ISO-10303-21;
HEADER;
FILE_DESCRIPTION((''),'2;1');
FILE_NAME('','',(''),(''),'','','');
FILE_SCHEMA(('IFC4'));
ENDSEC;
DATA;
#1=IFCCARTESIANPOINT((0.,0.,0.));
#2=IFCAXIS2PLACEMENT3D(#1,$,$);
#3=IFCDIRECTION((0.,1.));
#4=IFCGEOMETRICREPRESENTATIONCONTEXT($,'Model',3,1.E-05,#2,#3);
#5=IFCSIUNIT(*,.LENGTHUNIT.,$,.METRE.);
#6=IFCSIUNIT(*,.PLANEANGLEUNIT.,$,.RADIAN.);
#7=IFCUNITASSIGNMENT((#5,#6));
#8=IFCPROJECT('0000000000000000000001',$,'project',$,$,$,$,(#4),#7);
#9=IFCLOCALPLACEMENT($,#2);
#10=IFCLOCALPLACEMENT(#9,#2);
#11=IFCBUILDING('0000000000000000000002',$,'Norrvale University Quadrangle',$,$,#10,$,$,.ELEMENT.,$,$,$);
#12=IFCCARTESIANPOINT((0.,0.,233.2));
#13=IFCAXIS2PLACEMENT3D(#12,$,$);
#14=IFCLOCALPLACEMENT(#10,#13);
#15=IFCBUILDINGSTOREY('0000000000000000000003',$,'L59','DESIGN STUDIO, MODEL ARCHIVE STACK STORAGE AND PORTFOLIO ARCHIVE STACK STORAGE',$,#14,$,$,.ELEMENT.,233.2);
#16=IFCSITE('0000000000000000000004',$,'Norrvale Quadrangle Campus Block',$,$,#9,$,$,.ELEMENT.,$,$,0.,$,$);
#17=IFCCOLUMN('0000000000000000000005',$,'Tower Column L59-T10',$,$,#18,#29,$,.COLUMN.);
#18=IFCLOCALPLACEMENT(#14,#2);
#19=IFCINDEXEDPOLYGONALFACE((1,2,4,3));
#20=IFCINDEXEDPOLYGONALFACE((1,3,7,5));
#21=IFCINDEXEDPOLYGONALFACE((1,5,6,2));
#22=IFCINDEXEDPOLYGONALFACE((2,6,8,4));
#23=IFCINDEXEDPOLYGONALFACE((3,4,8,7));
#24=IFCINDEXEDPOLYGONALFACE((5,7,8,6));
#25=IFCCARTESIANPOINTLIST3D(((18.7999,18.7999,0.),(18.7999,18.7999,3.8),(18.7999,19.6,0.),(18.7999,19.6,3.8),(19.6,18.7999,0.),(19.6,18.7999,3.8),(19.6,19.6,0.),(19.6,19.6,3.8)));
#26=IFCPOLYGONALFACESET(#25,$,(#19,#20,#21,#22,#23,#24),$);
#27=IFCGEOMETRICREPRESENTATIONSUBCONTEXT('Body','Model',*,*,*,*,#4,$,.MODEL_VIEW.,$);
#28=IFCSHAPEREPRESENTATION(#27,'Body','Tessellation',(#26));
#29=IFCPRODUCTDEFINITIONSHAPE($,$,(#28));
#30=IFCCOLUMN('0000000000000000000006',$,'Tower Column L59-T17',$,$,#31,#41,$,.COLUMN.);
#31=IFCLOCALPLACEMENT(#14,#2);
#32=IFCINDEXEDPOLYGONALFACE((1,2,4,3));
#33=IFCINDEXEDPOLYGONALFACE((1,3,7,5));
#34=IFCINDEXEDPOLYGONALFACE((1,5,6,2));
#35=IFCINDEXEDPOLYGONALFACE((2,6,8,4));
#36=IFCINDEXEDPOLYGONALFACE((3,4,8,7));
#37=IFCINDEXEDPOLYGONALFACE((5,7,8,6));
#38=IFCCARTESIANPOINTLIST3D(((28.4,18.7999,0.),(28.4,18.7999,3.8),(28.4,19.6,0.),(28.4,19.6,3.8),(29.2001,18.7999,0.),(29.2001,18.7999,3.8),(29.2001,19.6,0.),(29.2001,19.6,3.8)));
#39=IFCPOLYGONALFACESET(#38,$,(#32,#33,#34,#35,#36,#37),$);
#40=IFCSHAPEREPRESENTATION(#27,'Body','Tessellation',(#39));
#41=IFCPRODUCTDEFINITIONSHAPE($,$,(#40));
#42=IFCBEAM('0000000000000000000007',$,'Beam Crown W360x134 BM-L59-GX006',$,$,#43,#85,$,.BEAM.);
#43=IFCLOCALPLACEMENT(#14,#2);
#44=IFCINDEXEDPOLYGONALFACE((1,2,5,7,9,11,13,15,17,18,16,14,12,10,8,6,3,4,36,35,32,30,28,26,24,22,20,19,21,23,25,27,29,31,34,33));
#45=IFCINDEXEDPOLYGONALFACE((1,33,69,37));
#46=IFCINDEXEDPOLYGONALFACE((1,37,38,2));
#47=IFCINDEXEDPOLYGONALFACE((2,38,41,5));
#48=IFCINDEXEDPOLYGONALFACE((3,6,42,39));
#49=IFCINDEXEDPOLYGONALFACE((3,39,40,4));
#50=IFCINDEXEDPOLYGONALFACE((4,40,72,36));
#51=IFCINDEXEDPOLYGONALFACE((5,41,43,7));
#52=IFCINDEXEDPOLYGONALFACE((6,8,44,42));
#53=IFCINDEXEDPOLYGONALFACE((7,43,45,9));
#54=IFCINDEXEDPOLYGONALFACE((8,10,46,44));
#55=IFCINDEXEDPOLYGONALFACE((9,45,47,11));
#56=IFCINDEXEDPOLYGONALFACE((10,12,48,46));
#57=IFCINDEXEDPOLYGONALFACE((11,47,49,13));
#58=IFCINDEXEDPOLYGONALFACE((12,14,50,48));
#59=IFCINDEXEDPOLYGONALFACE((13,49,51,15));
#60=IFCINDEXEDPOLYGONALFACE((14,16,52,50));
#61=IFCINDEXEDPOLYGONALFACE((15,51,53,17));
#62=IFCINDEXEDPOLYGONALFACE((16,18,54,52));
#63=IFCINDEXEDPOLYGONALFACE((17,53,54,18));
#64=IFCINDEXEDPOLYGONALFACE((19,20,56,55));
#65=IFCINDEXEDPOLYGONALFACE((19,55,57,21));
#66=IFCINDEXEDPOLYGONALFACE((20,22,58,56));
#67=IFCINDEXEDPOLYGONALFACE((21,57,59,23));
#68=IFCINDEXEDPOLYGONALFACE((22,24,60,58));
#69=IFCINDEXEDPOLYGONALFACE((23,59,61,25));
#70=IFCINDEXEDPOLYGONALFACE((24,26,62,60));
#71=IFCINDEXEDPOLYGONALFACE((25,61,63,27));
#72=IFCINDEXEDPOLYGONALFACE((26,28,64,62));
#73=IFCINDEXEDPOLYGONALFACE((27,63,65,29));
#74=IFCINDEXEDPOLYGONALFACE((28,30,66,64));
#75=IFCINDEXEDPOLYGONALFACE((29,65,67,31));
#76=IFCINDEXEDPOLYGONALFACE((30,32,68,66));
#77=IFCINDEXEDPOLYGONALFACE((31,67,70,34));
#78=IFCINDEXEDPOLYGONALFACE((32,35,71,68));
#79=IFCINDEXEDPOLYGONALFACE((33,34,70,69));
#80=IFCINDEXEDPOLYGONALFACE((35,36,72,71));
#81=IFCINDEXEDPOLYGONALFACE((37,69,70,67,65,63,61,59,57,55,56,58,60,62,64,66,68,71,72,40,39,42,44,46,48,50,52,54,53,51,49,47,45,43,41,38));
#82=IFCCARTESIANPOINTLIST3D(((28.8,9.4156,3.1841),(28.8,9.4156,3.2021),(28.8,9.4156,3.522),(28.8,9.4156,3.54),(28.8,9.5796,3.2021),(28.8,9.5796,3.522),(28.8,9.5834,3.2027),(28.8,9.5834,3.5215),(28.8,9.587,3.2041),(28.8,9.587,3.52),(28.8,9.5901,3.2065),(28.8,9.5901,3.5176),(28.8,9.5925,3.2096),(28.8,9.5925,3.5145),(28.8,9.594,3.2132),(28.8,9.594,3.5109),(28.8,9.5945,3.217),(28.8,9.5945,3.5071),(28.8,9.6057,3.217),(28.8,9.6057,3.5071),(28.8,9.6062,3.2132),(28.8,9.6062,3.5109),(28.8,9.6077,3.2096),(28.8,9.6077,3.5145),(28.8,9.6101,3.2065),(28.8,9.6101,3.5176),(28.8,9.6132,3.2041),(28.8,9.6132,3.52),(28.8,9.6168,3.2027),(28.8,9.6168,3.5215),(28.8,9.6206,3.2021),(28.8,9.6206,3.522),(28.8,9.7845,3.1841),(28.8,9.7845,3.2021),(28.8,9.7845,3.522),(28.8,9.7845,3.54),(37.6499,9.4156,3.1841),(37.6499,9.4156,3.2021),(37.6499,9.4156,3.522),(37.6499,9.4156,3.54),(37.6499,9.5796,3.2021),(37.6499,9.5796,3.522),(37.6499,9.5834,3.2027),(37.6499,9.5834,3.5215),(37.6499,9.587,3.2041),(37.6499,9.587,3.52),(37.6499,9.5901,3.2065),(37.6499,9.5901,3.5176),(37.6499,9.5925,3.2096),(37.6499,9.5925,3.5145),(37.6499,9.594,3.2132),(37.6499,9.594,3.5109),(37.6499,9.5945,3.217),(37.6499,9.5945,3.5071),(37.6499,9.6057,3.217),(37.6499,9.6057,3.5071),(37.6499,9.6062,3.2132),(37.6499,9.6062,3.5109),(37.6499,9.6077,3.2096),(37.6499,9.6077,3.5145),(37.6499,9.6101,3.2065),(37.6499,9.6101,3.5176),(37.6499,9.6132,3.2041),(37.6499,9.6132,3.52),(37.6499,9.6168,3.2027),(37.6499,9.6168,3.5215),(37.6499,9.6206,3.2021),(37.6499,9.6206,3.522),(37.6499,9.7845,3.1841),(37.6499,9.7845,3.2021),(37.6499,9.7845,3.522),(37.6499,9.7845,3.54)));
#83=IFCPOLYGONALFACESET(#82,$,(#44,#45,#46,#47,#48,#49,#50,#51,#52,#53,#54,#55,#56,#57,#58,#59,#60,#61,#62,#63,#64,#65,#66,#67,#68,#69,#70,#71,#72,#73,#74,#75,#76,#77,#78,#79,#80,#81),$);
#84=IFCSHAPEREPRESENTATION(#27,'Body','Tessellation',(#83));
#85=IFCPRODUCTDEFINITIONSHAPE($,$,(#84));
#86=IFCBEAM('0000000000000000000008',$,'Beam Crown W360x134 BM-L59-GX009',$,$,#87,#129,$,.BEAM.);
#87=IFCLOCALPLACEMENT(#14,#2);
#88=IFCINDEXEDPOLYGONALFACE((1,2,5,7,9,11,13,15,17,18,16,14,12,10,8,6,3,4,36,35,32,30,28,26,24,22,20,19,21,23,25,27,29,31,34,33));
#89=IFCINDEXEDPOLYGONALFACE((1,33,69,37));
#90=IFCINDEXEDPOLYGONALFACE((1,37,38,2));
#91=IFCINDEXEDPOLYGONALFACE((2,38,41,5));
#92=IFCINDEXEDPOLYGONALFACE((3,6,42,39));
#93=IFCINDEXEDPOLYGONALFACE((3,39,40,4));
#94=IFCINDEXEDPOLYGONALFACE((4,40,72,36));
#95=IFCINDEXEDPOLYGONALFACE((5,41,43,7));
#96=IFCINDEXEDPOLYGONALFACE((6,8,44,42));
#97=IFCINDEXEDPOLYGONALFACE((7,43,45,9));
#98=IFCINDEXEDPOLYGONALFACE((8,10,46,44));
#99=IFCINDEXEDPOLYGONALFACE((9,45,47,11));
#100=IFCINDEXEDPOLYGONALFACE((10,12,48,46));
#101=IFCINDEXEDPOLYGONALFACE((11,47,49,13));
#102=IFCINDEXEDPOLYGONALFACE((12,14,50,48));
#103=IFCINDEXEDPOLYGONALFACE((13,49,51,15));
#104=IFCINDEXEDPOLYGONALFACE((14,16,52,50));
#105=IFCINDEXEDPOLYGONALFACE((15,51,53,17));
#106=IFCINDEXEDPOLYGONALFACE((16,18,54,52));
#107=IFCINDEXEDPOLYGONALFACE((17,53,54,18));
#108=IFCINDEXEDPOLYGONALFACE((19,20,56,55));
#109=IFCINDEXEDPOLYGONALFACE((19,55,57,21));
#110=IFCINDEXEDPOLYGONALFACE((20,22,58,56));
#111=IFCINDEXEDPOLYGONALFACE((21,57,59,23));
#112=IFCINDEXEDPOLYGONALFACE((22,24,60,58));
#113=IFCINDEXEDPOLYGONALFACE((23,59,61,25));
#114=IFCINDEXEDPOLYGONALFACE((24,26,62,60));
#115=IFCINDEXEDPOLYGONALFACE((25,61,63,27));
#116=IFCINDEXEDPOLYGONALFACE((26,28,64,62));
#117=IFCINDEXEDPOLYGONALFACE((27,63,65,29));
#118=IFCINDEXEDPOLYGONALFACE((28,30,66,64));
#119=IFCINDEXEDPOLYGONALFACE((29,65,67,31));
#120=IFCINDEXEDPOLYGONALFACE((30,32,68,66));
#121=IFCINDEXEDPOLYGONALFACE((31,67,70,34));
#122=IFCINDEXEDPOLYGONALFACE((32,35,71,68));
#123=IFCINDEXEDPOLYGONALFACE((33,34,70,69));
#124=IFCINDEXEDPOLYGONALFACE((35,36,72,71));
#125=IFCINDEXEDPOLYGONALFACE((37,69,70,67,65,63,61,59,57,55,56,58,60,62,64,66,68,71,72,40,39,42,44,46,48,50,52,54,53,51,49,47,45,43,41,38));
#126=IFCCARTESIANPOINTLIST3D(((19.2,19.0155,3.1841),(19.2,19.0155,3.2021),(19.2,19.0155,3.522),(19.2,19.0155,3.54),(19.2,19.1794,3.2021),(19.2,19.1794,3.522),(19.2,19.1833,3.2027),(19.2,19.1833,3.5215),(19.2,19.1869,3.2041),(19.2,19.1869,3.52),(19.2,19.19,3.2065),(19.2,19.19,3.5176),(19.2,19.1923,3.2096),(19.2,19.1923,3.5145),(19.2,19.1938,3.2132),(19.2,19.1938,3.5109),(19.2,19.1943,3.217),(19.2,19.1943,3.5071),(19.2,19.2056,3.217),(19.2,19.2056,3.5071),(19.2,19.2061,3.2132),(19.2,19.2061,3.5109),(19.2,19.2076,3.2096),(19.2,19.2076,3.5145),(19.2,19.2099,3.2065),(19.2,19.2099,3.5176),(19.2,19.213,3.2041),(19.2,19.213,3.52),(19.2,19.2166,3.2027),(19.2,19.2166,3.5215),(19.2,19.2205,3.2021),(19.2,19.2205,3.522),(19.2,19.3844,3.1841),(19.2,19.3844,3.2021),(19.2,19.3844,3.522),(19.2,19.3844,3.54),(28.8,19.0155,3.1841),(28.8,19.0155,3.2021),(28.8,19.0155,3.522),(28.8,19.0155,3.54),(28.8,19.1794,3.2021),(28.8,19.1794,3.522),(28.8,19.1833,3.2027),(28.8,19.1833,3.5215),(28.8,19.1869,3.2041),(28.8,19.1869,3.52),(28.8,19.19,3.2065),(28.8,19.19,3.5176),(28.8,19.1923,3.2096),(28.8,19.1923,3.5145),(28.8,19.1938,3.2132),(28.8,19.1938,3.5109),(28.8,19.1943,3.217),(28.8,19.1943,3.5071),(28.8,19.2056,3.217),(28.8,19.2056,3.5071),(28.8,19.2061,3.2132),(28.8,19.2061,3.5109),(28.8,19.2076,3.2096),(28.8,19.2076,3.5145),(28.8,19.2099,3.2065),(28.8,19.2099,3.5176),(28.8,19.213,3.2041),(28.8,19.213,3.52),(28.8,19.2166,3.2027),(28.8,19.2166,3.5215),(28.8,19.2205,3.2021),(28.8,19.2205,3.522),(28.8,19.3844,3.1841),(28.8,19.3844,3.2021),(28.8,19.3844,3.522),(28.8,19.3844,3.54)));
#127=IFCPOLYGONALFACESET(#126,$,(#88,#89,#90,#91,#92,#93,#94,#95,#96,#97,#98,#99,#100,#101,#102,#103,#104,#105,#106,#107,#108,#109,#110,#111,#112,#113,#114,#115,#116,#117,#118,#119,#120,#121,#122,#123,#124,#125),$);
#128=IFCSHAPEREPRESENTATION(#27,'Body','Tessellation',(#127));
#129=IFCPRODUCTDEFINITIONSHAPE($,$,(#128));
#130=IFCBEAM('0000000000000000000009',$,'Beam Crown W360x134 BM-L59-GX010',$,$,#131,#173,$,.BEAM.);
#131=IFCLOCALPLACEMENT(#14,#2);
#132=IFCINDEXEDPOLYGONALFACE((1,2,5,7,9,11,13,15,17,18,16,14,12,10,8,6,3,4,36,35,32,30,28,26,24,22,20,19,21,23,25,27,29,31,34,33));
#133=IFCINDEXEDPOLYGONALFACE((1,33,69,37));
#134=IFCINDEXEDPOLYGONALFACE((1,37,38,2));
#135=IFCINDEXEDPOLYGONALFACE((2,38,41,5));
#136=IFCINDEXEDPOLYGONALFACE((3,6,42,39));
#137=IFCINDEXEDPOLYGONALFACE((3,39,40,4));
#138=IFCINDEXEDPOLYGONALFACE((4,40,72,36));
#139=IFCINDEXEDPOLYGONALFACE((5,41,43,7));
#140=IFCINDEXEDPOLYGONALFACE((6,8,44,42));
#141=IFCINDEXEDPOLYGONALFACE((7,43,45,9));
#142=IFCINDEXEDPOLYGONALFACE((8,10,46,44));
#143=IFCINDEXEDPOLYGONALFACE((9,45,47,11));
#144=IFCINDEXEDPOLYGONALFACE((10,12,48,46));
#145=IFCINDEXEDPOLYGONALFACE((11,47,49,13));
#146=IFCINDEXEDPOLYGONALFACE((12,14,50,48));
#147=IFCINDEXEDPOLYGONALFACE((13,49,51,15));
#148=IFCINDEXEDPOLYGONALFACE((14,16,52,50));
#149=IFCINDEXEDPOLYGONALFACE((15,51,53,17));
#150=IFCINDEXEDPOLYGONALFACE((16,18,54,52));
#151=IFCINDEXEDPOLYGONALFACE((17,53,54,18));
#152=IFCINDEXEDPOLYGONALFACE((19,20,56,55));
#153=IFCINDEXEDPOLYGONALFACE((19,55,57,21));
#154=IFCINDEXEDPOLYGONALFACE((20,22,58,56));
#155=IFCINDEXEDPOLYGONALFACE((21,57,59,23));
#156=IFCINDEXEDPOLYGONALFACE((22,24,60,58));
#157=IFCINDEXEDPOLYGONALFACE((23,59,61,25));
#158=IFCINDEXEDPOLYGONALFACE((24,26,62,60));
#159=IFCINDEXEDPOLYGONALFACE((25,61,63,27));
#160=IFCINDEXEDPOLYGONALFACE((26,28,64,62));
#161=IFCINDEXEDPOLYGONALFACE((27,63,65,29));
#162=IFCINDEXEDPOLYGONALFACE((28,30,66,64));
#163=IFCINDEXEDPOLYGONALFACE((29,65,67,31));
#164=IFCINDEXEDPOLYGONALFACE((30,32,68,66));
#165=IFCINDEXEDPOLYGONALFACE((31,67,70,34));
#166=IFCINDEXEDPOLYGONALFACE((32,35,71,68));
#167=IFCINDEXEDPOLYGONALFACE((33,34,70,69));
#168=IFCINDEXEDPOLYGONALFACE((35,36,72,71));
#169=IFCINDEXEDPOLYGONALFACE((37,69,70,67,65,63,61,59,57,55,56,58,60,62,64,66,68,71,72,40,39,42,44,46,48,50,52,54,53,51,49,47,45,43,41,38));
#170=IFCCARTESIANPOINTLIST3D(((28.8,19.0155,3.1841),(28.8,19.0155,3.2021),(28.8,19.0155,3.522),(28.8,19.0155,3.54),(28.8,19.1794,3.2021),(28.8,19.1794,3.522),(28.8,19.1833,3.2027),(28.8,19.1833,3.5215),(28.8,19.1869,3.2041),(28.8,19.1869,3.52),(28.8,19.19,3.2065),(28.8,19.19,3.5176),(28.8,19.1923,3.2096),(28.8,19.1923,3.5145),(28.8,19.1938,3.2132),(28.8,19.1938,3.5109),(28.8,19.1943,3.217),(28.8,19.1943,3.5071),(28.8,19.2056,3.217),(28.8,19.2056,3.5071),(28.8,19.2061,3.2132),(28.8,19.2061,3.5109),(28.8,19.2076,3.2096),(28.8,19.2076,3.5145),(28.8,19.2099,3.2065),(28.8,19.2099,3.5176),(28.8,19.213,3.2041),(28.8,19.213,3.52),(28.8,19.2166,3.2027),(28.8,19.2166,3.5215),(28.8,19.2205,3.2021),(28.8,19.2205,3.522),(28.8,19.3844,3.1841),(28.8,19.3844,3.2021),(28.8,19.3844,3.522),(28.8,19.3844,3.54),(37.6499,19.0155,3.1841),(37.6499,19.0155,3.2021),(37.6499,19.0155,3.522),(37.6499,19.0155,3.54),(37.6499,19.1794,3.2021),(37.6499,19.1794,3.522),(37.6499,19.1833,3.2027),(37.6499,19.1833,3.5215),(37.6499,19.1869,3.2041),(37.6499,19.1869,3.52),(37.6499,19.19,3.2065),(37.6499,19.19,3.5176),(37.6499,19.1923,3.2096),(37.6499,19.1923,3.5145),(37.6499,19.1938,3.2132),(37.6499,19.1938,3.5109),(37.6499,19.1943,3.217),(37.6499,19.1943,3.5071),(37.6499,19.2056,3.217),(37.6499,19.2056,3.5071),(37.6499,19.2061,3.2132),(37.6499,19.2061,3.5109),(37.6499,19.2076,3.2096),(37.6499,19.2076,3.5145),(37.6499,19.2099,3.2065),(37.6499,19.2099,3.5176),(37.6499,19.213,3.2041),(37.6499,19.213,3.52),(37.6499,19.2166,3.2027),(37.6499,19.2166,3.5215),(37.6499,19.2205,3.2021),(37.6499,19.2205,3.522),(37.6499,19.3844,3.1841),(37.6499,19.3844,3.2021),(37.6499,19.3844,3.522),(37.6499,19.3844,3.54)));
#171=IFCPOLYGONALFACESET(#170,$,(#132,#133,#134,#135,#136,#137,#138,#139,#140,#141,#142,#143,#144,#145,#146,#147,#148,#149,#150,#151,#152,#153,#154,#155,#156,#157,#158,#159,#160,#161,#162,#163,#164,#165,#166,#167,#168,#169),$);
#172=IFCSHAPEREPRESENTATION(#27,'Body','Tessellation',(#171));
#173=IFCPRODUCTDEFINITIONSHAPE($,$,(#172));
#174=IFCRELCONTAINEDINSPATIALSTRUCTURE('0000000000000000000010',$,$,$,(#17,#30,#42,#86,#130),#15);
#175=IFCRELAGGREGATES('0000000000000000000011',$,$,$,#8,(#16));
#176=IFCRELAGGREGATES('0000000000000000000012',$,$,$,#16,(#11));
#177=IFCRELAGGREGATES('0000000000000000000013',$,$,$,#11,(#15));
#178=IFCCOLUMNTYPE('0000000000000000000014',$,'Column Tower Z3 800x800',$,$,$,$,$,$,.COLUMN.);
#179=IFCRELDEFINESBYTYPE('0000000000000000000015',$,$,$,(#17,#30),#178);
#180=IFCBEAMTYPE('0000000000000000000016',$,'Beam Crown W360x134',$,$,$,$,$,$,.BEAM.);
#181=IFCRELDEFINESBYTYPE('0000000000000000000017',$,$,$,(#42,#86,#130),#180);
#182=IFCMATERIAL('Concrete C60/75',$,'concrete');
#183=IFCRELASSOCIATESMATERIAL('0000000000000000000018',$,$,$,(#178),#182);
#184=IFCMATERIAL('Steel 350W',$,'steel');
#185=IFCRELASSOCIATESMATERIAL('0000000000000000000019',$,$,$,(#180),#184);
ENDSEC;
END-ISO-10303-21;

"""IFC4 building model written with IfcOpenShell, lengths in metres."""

from ifc_helpers import new_model, si_unit, direction, frame, origin, origin_2d, place, context, subcontext, project, spatial, rectangle, i_section, extrude, material, material_profile, profile_set, type_object, element, save


model = new_model("IFC4")

# Units and contexts
model_context = context("Model", 3, precision=1e-05, world=origin(), true_north=direction((0.0, 1.0)))
body_context = subcontext(model_context, "Body", "Model", "MODEL_VIEW")
ifc_project = project(units=[si_unit("LENGTHUNIT", "METRE"), si_unit("PLANEANGLEUNIT", "RADIAN")], contexts=[model_context])

# Site, building, storey
site_placement = place(None, origin())
site = spatial("IfcSite", under=ifc_project, at=site_placement, Name="Norrvale Quadrangle Campus Block", CompositionType="ELEMENT", RefElevation=0.0)
building_placement = place(site_placement, origin())
building = spatial("IfcBuilding", under=site, at=building_placement, Name="Norrvale University Quadrangle", CompositionType="ELEMENT")
storey_placement = place(building_placement, frame((0.0, 0.0, 233.2)))
storey = spatial("IfcBuildingStorey", under=building, at=storey_placement, Name="L59", Description="DESIGN STUDIO, MODEL ARCHIVE STACK STORAGE AND PORTFOLIO ARCHIVE STACK STORAGE", CompositionType="ELEMENT", Elevation=233.2)

# Columns
ifc_material_1 = material(Name="Concrete C60/75", Category="concrete")
ifc_material_profile_1 = material_profile(ifc_material_1, rectangle(XDim=0.8, YDim=0.8, at=origin_2d()), Name="Concrete C60/75")
ifc_profile_set_1 = profile_set([ifc_material_profile_1], Name="Concrete C60/75")
column_type = type_object("IfcColumnType", Name="Column Tower Z3 800x800", PredefinedType="COLUMN", material=ifc_profile_set_1)
for number, where, z_axis, x_axis, name in (
    (1, (19.2, 19.2, 0.0), (0.0, 0.0, 1.0), (1.0, 0.0, 0.0), "Tower Column L59-T10"),
    (2, (28.8, 19.2, 0.0), (0.0, 0.0, 1.0), (1.0, 0.0, 0.0), "Tower Column L59-T17"),
):
    element("IfcColumn", number, at=place(storey_placement, frame(where, z_axis=z_axis, x_axis=x_axis)), inside=storey, type_object=column_type, Name=name, PredefinedType="COLUMN", context=body_context, shape_type="SweptSolid", body=[
        extrude(rectangle(XDim=0.8, YDim=0.8, at=origin_2d()), origin(), (0.0, 0.0, 1.0), 3.8),
    ])

# Beams
ifc_material_2 = material(Name="Steel 350W", Category="steel")
ifc_material_profile_2 = material_profile(ifc_material_2, i_section(OverallWidth=0.3689, OverallDepth=0.356, WebThickness=0.0112, FlangeThickness=0.0181, FilletRadius=0.0149, at=origin_2d()), Name="Steel 350W")
ifc_profile_set_2 = profile_set([ifc_material_profile_2], Name="Steel 350W")
beam_type_1 = type_object("IfcBeamType", Name="Beam Crown W360x134", PredefinedType="BEAM", material=ifc_profile_set_2)
beam_1_placement = place(storey_placement, frame((28.8, 9.6001, 3.3621), z_axis=(1.0, 0.0, 0.0), x_axis=(0.0, 1.0, 0.0)))
element("IfcBeam", 3, at=beam_1_placement, inside=storey, type_object=beam_type_1, Name="Beam Crown W360x134 BM-L59-GX006", PredefinedType="BEAM", context=body_context, shape_type="SweptSolid", body=[
    extrude(i_section(OverallWidth=0.3689, OverallDepth=0.356, WebThickness=0.0112, FlangeThickness=0.0181, FilletRadius=0.0149, at=origin_2d()), origin(), (0.0, 0.0, 1.0), 8.8499),
])
beam_2_placement = place(storey_placement, frame((19.2, 19.2, 3.3621), z_axis=(1.0, 0.0, 0.0), x_axis=(0.0, 1.0, 0.0)))
element("IfcBeam", 4, at=beam_2_placement, inside=storey, type_object=beam_type_1, Name="Beam Crown W360x134 BM-L59-GX009", PredefinedType="BEAM", context=body_context, shape_type="SweptSolid", body=[
    extrude(i_section(OverallWidth=0.3689, OverallDepth=0.356, WebThickness=0.0112, FlangeThickness=0.0181, FilletRadius=0.0149, at=origin_2d()), origin(), (0.0, 0.0, 1.0), 9.6001),
])
beam_3_placement = place(storey_placement, frame((28.8, 19.2, 3.3621), z_axis=(1.0, 0.0, 0.0), x_axis=(0.0, 1.0, 0.0)))
element("IfcBeam", 5, at=beam_3_placement, inside=storey, type_object=beam_type_1, Name="Beam Crown W360x134 BM-L59-GX010", PredefinedType="BEAM", context=body_context, shape_type="SweptSolid", body=[
    extrude(i_section(OverallWidth=0.3689, OverallDepth=0.356, WebThickness=0.0112, FlangeThickness=0.0181, FilletRadius=0.0149, at=origin_2d()), origin(), (0.0, 0.0, 1.0), 8.8499),
])

save(model, "model.ifc")
